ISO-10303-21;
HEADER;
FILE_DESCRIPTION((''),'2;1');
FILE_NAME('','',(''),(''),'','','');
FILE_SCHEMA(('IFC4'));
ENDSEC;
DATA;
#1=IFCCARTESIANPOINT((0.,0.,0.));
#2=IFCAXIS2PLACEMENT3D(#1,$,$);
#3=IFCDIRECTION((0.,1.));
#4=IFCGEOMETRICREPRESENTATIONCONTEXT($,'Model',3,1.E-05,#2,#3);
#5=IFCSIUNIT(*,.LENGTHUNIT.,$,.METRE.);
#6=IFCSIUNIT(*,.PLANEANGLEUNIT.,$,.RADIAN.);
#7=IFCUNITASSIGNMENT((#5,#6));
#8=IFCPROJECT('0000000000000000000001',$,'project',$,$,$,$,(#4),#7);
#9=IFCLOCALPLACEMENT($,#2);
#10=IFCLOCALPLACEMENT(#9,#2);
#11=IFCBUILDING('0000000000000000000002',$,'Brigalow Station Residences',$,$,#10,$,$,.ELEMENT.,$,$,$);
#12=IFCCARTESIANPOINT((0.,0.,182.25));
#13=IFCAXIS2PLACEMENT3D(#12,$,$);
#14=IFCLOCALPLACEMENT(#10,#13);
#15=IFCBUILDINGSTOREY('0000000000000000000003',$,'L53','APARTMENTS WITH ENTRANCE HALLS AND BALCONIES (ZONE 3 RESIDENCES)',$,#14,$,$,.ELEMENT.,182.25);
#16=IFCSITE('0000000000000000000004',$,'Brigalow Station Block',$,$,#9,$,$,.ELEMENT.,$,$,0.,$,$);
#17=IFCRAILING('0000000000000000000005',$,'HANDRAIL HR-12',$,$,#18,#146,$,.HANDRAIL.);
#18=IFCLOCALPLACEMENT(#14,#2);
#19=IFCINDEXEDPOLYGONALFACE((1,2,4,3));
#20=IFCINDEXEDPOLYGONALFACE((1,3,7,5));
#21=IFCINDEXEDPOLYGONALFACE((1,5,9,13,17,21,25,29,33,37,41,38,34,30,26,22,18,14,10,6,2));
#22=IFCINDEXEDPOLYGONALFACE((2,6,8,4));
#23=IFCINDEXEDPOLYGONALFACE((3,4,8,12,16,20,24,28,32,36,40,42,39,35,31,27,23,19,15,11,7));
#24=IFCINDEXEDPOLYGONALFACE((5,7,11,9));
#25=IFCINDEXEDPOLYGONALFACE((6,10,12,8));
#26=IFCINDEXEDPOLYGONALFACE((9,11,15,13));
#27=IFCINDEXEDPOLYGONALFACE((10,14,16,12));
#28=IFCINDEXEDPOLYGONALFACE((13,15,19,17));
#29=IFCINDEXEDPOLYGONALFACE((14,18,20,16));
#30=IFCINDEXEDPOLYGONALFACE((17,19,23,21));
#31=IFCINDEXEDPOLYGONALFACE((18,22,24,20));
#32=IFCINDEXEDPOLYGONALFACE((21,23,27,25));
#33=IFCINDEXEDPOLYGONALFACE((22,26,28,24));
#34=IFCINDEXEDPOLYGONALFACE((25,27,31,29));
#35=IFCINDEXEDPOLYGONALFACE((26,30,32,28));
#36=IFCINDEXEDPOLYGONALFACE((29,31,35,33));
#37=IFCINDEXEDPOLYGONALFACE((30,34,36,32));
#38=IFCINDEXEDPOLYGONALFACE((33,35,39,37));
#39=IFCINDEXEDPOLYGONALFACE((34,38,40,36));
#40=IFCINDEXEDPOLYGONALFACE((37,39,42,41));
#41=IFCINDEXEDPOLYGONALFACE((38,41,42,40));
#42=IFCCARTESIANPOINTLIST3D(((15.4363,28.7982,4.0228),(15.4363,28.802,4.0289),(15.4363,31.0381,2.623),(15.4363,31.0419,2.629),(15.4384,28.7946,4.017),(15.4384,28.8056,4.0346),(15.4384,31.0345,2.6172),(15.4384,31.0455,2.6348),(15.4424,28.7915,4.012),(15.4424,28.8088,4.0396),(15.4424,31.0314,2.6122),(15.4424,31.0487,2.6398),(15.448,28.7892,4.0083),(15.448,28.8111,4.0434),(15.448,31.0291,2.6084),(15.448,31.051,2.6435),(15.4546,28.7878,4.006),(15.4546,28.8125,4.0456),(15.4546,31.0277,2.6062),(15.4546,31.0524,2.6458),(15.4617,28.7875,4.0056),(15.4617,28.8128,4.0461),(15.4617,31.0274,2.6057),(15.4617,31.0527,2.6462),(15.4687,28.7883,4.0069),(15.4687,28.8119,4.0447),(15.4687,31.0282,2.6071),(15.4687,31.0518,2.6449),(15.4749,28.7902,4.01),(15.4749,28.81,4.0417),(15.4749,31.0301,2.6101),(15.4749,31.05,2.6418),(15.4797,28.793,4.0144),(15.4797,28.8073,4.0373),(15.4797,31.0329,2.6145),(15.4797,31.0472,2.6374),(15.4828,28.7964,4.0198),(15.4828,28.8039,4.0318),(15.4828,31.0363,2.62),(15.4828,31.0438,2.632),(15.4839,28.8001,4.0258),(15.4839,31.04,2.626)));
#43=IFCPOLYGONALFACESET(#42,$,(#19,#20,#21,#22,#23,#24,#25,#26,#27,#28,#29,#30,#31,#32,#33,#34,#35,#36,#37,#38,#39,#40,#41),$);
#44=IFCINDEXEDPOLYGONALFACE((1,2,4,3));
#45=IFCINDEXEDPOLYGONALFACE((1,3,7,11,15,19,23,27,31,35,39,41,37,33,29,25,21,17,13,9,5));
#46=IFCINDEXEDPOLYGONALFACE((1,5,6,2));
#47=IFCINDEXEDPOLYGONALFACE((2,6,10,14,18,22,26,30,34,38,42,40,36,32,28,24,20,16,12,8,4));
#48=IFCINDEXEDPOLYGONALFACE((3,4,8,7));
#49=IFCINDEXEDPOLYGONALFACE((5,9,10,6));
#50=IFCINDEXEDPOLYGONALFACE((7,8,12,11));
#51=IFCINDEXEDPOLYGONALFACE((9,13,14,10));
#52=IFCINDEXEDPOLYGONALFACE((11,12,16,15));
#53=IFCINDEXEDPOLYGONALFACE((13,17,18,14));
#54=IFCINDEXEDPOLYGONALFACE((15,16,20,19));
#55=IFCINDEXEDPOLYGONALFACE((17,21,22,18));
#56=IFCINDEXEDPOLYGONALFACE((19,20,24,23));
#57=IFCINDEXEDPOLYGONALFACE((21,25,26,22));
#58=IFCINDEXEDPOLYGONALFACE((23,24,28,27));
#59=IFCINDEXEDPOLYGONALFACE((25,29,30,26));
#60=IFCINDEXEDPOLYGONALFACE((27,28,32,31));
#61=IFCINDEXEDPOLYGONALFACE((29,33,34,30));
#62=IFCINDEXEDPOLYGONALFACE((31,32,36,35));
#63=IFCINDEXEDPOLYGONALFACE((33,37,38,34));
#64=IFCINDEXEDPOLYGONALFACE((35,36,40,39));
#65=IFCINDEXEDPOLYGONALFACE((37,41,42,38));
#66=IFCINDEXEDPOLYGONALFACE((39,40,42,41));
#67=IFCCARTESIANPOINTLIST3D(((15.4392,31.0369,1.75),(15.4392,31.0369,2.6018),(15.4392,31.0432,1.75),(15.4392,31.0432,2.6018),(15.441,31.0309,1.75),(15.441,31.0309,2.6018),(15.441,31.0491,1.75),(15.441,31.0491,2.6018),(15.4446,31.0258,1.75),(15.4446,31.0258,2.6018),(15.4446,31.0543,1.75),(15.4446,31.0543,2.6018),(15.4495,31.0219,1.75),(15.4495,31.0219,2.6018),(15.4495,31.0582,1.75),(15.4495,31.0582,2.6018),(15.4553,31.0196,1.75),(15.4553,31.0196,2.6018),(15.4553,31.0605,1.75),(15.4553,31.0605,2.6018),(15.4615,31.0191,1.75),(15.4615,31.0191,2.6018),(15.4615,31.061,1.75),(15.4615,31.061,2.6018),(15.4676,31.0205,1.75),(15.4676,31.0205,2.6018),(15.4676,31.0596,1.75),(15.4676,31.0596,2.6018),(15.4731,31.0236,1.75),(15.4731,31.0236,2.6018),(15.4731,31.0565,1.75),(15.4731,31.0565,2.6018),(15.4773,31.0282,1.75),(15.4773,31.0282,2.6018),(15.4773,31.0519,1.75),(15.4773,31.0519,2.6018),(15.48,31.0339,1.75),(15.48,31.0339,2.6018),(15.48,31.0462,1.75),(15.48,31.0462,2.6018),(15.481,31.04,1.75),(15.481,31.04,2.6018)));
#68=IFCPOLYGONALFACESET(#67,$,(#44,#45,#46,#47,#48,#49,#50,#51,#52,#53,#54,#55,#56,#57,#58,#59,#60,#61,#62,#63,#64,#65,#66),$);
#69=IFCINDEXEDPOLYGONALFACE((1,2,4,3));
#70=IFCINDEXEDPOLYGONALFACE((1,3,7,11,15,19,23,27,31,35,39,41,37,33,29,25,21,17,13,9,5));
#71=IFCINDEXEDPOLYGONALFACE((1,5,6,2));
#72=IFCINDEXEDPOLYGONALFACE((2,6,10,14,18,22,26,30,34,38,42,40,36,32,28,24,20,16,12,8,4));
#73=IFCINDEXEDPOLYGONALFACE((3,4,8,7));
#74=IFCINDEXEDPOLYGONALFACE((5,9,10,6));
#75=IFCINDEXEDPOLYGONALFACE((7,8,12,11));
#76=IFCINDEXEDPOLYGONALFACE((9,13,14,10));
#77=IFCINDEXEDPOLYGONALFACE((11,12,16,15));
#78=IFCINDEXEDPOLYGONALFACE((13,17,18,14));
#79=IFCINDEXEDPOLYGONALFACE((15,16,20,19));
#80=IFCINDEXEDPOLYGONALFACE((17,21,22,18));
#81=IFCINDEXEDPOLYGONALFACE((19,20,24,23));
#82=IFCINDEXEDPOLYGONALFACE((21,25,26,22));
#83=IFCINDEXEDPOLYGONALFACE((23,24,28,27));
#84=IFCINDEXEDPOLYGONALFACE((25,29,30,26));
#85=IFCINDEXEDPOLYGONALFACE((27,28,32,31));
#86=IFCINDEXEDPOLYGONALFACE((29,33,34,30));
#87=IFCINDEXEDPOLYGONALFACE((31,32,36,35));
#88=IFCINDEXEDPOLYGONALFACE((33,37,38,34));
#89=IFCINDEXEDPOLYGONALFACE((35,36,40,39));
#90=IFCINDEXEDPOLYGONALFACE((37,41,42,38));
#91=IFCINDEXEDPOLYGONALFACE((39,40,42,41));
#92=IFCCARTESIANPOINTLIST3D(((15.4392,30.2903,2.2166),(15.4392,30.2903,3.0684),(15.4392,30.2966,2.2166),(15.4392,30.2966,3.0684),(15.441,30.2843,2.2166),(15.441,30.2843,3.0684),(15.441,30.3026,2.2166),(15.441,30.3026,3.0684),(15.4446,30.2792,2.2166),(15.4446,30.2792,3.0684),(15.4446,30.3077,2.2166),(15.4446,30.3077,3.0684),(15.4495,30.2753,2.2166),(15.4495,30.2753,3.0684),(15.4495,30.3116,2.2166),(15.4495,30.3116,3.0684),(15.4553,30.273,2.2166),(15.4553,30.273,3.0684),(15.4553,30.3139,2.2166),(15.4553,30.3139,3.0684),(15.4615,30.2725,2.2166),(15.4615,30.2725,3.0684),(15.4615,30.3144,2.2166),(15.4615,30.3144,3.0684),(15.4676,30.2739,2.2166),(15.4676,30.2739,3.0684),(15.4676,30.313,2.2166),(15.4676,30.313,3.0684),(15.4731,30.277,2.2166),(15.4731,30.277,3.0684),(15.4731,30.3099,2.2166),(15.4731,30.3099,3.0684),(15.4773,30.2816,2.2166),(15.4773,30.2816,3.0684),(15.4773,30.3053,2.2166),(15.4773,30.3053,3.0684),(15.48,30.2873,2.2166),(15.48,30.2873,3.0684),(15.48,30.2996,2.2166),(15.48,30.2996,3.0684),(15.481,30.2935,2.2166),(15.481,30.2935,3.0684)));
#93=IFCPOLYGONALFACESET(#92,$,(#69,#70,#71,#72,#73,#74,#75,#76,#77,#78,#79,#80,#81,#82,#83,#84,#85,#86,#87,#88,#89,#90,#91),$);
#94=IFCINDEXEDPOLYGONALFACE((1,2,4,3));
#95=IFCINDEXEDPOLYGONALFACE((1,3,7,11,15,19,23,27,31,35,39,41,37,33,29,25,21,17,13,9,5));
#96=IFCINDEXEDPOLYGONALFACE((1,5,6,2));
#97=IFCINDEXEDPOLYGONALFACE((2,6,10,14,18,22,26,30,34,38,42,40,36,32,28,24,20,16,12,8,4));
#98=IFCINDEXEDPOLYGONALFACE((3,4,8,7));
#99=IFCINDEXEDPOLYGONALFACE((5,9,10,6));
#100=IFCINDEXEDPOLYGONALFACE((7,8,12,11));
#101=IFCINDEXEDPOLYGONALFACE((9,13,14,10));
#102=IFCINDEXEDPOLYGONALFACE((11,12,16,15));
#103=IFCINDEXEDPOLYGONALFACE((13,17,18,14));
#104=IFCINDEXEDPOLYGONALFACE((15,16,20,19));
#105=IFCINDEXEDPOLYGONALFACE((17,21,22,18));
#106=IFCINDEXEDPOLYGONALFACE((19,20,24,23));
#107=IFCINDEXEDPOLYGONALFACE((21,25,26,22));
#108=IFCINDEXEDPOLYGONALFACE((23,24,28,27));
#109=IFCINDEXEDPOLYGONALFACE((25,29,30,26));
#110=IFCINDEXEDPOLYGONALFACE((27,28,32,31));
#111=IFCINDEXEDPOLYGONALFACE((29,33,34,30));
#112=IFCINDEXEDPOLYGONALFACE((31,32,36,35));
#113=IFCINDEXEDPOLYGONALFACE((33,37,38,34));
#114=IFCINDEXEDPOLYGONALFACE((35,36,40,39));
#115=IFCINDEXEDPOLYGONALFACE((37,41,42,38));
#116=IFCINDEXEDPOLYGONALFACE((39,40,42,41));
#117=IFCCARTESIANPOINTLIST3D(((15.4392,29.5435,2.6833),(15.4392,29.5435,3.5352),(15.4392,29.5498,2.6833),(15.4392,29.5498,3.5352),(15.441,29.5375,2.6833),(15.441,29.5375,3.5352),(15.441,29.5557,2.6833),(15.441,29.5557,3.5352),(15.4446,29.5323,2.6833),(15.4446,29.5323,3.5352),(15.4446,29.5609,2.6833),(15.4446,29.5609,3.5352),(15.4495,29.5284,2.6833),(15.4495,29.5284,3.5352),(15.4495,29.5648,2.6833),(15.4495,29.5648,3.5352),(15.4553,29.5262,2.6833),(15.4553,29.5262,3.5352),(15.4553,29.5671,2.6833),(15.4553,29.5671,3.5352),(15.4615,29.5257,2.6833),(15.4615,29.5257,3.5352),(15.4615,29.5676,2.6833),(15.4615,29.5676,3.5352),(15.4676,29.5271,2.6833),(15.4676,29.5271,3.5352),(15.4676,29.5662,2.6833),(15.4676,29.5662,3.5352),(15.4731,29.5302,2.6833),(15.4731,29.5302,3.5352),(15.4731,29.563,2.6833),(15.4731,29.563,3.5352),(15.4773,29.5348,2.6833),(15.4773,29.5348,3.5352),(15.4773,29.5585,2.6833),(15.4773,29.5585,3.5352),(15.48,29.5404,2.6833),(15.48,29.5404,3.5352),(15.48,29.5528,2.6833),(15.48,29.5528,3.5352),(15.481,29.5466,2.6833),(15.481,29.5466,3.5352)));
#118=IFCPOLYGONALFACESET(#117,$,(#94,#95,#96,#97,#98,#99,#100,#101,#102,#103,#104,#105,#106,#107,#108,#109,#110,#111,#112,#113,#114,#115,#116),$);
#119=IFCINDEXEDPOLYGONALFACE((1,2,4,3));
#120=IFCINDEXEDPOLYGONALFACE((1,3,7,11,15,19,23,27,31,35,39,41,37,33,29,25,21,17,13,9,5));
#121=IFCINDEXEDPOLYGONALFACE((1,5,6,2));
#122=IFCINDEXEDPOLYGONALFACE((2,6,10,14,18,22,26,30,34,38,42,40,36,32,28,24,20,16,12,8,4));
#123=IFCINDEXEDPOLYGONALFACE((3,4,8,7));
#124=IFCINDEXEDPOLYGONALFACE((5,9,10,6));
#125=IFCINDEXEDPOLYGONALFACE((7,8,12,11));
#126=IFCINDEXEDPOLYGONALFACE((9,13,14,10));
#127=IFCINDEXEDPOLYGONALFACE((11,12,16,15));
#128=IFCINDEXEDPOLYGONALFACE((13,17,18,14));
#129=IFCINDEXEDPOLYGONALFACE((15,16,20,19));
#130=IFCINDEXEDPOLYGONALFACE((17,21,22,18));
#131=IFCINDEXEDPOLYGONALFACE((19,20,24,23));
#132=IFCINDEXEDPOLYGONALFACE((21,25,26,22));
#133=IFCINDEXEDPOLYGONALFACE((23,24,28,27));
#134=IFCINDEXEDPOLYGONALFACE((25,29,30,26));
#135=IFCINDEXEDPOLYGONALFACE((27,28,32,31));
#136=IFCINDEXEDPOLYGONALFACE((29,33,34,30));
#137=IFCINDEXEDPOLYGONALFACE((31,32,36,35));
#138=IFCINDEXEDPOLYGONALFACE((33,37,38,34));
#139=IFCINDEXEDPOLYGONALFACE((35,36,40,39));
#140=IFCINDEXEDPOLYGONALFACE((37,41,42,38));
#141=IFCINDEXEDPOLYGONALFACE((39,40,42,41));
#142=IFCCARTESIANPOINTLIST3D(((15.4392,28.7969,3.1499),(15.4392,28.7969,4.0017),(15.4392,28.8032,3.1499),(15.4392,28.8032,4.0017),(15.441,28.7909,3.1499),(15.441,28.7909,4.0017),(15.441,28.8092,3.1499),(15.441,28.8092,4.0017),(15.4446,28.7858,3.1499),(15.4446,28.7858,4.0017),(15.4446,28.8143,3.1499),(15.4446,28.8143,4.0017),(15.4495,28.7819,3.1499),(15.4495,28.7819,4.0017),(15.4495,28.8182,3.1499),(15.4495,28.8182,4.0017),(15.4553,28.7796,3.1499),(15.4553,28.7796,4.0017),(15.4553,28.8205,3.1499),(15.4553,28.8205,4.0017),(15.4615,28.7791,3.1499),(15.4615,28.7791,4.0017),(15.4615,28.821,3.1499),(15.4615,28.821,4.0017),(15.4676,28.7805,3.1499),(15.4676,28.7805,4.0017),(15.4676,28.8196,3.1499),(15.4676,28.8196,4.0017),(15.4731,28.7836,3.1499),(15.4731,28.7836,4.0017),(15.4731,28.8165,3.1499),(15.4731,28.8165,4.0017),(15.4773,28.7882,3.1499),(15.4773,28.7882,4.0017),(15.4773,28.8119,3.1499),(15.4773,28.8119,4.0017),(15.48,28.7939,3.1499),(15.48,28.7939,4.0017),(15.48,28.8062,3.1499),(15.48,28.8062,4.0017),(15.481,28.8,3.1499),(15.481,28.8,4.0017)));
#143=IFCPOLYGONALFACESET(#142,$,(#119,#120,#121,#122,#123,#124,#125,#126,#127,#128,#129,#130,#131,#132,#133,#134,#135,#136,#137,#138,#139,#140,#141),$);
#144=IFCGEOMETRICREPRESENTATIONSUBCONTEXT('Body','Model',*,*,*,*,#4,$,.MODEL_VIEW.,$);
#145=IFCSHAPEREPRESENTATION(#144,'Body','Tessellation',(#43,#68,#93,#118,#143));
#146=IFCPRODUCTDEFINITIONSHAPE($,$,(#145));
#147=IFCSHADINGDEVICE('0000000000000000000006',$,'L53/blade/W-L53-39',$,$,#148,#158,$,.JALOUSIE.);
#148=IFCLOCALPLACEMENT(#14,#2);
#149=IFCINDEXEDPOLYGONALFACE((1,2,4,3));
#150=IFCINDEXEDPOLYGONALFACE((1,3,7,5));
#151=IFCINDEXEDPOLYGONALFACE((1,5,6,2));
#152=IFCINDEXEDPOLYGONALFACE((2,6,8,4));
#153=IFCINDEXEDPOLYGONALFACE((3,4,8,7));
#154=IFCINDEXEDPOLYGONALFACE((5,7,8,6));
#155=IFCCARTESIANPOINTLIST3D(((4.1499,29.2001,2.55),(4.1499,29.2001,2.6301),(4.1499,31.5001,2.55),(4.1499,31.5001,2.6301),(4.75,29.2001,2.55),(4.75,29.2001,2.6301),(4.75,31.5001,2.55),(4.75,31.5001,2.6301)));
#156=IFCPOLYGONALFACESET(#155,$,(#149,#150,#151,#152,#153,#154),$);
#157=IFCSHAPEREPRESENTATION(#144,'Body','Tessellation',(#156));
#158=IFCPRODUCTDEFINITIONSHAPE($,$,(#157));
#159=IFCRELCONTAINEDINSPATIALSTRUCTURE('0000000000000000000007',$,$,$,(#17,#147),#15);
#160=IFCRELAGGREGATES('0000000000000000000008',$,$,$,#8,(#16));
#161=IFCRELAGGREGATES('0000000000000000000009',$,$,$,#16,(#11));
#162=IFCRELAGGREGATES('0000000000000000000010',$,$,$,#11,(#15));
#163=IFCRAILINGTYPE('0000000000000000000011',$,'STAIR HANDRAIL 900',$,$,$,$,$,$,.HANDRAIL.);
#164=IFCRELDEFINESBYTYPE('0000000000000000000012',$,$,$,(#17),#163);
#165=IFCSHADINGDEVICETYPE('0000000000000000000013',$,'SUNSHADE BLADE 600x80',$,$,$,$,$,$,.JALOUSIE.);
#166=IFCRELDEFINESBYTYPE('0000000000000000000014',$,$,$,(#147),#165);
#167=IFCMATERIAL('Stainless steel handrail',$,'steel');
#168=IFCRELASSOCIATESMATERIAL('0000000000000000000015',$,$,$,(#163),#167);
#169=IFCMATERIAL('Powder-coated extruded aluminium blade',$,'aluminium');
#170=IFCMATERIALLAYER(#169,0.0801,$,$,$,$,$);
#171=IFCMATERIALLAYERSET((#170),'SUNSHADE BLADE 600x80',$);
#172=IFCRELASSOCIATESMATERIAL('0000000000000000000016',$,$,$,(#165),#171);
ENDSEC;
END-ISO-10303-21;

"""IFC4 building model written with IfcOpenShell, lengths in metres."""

from ifc_helpers import new_model, si_unit, direction, frame, origin, origin_2d, place, context, subcontext, project, spatial, rectangle, circle, extrude, material, layer, layer_set, type_object, element, save


model = new_model("IFC4")

# Units and contexts
model_context = context("Model", 3, precision=1e-05, world=origin(), true_north=direction((0.0, 1.0)))
body_context = subcontext(model_context, "Body", "Model", "MODEL_VIEW")
ifc_project = project(units=[si_unit("LENGTHUNIT", "METRE"), si_unit("PLANEANGLEUNIT", "RADIAN")], contexts=[model_context])

# Site, building, storey
site_placement = place(None, origin())
site = spatial("IfcSite", under=ifc_project, at=site_placement, Name="Brigalow Station Block", CompositionType="ELEMENT", RefElevation=0.0)
building_placement = place(site_placement, origin())
building = spatial("IfcBuilding", under=site, at=building_placement, Name="Brigalow Station Residences", CompositionType="ELEMENT")
storey_placement = place(building_placement, frame((0.0, 0.0, 182.25)))
storey = spatial("IfcBuildingStorey", under=building, at=storey_placement, Name="L53", Description="APARTMENTS WITH ENTRANCE HALLS AND BALCONIES (ZONE 3 RESIDENCES)", CompositionType="ELEMENT", Elevation=182.25)

# Railing
ifc_material_1 = material(Name="Stainless steel handrail", Category="steel")
railing_type_1 = type_object("IfcRailingType", Name="STAIR HANDRAIL 900", PredefinedType="HANDRAIL", material=ifc_material_1)
railing_1_placement = place(storey_placement, frame((15.46, 31.04, 1.75)))
element("IfcRailing", 1, at=railing_1_placement, inside=storey, type_object=railing_type_1, Name="HANDRAIL HR-12", PredefinedType="HANDRAIL", context=body_context, shape_type="SweptSolid", body=[
    extrude(circle(Radius=0.0239, at=origin_2d()), frame((0.0, 0.0, 0.876), z_axis=(0.0, -0.848014, 0.529974), x_axis=(1.0, 0.0, 0.0)), (0.0, 0.0, 1.0), 2.6414),
    extrude(circle(Radius=0.021, at=origin_2d()), origin(), (0.0, 0.0, 1.0), 0.8518),
    extrude(circle(Radius=0.021, at=origin_2d()), frame((0.0, -0.7466, 0.4666)), (0.0, 0.0, 1.0), 0.8518),
    extrude(circle(Radius=0.021, at=origin_2d()), frame((0.0, -1.4934, 0.9333)), (0.0, 0.0, 1.0), 0.8518),
    extrude(circle(Radius=0.021, at=origin_2d()), frame((0.0, -2.24, 1.3999)), (0.0, 0.0, 1.0), 0.8518),
])

# Shading device
ifc_material_2 = material(Name="Powder-coated extruded aluminium blade", Category="aluminium")
ifc_layer_1 = layer(ifc_material_2, 0.0801)
ifc_layer_set_1 = layer_set([ifc_layer_1], Name="SUNSHADE BLADE 600x80")
shading_device_type = type_object("IfcShadingDeviceType", Name="SUNSHADE BLADE 600x80", PredefinedType="JALOUSIE", material=ifc_layer_set_1)
shading_device_placement = place(storey_placement, frame((4.45, 30.3501, 2.55), z_axis=(0.0, 0.0, 1.0), x_axis=(0.0, -1.0, 0.0)))
element("IfcShadingDevice", 2, at=shading_device_placement, inside=storey, type_object=shading_device_type, Name="L53/blade/W-L53-39", PredefinedType="JALOUSIE", context=body_context, shape_type="SweptSolid", body=[
    extrude(rectangle(XDim=2.3, YDim=0.6001, at=origin_2d()), origin(), (0.0, 0.0, 1.0), 0.0801),
])

save(model, "model.ifc")
